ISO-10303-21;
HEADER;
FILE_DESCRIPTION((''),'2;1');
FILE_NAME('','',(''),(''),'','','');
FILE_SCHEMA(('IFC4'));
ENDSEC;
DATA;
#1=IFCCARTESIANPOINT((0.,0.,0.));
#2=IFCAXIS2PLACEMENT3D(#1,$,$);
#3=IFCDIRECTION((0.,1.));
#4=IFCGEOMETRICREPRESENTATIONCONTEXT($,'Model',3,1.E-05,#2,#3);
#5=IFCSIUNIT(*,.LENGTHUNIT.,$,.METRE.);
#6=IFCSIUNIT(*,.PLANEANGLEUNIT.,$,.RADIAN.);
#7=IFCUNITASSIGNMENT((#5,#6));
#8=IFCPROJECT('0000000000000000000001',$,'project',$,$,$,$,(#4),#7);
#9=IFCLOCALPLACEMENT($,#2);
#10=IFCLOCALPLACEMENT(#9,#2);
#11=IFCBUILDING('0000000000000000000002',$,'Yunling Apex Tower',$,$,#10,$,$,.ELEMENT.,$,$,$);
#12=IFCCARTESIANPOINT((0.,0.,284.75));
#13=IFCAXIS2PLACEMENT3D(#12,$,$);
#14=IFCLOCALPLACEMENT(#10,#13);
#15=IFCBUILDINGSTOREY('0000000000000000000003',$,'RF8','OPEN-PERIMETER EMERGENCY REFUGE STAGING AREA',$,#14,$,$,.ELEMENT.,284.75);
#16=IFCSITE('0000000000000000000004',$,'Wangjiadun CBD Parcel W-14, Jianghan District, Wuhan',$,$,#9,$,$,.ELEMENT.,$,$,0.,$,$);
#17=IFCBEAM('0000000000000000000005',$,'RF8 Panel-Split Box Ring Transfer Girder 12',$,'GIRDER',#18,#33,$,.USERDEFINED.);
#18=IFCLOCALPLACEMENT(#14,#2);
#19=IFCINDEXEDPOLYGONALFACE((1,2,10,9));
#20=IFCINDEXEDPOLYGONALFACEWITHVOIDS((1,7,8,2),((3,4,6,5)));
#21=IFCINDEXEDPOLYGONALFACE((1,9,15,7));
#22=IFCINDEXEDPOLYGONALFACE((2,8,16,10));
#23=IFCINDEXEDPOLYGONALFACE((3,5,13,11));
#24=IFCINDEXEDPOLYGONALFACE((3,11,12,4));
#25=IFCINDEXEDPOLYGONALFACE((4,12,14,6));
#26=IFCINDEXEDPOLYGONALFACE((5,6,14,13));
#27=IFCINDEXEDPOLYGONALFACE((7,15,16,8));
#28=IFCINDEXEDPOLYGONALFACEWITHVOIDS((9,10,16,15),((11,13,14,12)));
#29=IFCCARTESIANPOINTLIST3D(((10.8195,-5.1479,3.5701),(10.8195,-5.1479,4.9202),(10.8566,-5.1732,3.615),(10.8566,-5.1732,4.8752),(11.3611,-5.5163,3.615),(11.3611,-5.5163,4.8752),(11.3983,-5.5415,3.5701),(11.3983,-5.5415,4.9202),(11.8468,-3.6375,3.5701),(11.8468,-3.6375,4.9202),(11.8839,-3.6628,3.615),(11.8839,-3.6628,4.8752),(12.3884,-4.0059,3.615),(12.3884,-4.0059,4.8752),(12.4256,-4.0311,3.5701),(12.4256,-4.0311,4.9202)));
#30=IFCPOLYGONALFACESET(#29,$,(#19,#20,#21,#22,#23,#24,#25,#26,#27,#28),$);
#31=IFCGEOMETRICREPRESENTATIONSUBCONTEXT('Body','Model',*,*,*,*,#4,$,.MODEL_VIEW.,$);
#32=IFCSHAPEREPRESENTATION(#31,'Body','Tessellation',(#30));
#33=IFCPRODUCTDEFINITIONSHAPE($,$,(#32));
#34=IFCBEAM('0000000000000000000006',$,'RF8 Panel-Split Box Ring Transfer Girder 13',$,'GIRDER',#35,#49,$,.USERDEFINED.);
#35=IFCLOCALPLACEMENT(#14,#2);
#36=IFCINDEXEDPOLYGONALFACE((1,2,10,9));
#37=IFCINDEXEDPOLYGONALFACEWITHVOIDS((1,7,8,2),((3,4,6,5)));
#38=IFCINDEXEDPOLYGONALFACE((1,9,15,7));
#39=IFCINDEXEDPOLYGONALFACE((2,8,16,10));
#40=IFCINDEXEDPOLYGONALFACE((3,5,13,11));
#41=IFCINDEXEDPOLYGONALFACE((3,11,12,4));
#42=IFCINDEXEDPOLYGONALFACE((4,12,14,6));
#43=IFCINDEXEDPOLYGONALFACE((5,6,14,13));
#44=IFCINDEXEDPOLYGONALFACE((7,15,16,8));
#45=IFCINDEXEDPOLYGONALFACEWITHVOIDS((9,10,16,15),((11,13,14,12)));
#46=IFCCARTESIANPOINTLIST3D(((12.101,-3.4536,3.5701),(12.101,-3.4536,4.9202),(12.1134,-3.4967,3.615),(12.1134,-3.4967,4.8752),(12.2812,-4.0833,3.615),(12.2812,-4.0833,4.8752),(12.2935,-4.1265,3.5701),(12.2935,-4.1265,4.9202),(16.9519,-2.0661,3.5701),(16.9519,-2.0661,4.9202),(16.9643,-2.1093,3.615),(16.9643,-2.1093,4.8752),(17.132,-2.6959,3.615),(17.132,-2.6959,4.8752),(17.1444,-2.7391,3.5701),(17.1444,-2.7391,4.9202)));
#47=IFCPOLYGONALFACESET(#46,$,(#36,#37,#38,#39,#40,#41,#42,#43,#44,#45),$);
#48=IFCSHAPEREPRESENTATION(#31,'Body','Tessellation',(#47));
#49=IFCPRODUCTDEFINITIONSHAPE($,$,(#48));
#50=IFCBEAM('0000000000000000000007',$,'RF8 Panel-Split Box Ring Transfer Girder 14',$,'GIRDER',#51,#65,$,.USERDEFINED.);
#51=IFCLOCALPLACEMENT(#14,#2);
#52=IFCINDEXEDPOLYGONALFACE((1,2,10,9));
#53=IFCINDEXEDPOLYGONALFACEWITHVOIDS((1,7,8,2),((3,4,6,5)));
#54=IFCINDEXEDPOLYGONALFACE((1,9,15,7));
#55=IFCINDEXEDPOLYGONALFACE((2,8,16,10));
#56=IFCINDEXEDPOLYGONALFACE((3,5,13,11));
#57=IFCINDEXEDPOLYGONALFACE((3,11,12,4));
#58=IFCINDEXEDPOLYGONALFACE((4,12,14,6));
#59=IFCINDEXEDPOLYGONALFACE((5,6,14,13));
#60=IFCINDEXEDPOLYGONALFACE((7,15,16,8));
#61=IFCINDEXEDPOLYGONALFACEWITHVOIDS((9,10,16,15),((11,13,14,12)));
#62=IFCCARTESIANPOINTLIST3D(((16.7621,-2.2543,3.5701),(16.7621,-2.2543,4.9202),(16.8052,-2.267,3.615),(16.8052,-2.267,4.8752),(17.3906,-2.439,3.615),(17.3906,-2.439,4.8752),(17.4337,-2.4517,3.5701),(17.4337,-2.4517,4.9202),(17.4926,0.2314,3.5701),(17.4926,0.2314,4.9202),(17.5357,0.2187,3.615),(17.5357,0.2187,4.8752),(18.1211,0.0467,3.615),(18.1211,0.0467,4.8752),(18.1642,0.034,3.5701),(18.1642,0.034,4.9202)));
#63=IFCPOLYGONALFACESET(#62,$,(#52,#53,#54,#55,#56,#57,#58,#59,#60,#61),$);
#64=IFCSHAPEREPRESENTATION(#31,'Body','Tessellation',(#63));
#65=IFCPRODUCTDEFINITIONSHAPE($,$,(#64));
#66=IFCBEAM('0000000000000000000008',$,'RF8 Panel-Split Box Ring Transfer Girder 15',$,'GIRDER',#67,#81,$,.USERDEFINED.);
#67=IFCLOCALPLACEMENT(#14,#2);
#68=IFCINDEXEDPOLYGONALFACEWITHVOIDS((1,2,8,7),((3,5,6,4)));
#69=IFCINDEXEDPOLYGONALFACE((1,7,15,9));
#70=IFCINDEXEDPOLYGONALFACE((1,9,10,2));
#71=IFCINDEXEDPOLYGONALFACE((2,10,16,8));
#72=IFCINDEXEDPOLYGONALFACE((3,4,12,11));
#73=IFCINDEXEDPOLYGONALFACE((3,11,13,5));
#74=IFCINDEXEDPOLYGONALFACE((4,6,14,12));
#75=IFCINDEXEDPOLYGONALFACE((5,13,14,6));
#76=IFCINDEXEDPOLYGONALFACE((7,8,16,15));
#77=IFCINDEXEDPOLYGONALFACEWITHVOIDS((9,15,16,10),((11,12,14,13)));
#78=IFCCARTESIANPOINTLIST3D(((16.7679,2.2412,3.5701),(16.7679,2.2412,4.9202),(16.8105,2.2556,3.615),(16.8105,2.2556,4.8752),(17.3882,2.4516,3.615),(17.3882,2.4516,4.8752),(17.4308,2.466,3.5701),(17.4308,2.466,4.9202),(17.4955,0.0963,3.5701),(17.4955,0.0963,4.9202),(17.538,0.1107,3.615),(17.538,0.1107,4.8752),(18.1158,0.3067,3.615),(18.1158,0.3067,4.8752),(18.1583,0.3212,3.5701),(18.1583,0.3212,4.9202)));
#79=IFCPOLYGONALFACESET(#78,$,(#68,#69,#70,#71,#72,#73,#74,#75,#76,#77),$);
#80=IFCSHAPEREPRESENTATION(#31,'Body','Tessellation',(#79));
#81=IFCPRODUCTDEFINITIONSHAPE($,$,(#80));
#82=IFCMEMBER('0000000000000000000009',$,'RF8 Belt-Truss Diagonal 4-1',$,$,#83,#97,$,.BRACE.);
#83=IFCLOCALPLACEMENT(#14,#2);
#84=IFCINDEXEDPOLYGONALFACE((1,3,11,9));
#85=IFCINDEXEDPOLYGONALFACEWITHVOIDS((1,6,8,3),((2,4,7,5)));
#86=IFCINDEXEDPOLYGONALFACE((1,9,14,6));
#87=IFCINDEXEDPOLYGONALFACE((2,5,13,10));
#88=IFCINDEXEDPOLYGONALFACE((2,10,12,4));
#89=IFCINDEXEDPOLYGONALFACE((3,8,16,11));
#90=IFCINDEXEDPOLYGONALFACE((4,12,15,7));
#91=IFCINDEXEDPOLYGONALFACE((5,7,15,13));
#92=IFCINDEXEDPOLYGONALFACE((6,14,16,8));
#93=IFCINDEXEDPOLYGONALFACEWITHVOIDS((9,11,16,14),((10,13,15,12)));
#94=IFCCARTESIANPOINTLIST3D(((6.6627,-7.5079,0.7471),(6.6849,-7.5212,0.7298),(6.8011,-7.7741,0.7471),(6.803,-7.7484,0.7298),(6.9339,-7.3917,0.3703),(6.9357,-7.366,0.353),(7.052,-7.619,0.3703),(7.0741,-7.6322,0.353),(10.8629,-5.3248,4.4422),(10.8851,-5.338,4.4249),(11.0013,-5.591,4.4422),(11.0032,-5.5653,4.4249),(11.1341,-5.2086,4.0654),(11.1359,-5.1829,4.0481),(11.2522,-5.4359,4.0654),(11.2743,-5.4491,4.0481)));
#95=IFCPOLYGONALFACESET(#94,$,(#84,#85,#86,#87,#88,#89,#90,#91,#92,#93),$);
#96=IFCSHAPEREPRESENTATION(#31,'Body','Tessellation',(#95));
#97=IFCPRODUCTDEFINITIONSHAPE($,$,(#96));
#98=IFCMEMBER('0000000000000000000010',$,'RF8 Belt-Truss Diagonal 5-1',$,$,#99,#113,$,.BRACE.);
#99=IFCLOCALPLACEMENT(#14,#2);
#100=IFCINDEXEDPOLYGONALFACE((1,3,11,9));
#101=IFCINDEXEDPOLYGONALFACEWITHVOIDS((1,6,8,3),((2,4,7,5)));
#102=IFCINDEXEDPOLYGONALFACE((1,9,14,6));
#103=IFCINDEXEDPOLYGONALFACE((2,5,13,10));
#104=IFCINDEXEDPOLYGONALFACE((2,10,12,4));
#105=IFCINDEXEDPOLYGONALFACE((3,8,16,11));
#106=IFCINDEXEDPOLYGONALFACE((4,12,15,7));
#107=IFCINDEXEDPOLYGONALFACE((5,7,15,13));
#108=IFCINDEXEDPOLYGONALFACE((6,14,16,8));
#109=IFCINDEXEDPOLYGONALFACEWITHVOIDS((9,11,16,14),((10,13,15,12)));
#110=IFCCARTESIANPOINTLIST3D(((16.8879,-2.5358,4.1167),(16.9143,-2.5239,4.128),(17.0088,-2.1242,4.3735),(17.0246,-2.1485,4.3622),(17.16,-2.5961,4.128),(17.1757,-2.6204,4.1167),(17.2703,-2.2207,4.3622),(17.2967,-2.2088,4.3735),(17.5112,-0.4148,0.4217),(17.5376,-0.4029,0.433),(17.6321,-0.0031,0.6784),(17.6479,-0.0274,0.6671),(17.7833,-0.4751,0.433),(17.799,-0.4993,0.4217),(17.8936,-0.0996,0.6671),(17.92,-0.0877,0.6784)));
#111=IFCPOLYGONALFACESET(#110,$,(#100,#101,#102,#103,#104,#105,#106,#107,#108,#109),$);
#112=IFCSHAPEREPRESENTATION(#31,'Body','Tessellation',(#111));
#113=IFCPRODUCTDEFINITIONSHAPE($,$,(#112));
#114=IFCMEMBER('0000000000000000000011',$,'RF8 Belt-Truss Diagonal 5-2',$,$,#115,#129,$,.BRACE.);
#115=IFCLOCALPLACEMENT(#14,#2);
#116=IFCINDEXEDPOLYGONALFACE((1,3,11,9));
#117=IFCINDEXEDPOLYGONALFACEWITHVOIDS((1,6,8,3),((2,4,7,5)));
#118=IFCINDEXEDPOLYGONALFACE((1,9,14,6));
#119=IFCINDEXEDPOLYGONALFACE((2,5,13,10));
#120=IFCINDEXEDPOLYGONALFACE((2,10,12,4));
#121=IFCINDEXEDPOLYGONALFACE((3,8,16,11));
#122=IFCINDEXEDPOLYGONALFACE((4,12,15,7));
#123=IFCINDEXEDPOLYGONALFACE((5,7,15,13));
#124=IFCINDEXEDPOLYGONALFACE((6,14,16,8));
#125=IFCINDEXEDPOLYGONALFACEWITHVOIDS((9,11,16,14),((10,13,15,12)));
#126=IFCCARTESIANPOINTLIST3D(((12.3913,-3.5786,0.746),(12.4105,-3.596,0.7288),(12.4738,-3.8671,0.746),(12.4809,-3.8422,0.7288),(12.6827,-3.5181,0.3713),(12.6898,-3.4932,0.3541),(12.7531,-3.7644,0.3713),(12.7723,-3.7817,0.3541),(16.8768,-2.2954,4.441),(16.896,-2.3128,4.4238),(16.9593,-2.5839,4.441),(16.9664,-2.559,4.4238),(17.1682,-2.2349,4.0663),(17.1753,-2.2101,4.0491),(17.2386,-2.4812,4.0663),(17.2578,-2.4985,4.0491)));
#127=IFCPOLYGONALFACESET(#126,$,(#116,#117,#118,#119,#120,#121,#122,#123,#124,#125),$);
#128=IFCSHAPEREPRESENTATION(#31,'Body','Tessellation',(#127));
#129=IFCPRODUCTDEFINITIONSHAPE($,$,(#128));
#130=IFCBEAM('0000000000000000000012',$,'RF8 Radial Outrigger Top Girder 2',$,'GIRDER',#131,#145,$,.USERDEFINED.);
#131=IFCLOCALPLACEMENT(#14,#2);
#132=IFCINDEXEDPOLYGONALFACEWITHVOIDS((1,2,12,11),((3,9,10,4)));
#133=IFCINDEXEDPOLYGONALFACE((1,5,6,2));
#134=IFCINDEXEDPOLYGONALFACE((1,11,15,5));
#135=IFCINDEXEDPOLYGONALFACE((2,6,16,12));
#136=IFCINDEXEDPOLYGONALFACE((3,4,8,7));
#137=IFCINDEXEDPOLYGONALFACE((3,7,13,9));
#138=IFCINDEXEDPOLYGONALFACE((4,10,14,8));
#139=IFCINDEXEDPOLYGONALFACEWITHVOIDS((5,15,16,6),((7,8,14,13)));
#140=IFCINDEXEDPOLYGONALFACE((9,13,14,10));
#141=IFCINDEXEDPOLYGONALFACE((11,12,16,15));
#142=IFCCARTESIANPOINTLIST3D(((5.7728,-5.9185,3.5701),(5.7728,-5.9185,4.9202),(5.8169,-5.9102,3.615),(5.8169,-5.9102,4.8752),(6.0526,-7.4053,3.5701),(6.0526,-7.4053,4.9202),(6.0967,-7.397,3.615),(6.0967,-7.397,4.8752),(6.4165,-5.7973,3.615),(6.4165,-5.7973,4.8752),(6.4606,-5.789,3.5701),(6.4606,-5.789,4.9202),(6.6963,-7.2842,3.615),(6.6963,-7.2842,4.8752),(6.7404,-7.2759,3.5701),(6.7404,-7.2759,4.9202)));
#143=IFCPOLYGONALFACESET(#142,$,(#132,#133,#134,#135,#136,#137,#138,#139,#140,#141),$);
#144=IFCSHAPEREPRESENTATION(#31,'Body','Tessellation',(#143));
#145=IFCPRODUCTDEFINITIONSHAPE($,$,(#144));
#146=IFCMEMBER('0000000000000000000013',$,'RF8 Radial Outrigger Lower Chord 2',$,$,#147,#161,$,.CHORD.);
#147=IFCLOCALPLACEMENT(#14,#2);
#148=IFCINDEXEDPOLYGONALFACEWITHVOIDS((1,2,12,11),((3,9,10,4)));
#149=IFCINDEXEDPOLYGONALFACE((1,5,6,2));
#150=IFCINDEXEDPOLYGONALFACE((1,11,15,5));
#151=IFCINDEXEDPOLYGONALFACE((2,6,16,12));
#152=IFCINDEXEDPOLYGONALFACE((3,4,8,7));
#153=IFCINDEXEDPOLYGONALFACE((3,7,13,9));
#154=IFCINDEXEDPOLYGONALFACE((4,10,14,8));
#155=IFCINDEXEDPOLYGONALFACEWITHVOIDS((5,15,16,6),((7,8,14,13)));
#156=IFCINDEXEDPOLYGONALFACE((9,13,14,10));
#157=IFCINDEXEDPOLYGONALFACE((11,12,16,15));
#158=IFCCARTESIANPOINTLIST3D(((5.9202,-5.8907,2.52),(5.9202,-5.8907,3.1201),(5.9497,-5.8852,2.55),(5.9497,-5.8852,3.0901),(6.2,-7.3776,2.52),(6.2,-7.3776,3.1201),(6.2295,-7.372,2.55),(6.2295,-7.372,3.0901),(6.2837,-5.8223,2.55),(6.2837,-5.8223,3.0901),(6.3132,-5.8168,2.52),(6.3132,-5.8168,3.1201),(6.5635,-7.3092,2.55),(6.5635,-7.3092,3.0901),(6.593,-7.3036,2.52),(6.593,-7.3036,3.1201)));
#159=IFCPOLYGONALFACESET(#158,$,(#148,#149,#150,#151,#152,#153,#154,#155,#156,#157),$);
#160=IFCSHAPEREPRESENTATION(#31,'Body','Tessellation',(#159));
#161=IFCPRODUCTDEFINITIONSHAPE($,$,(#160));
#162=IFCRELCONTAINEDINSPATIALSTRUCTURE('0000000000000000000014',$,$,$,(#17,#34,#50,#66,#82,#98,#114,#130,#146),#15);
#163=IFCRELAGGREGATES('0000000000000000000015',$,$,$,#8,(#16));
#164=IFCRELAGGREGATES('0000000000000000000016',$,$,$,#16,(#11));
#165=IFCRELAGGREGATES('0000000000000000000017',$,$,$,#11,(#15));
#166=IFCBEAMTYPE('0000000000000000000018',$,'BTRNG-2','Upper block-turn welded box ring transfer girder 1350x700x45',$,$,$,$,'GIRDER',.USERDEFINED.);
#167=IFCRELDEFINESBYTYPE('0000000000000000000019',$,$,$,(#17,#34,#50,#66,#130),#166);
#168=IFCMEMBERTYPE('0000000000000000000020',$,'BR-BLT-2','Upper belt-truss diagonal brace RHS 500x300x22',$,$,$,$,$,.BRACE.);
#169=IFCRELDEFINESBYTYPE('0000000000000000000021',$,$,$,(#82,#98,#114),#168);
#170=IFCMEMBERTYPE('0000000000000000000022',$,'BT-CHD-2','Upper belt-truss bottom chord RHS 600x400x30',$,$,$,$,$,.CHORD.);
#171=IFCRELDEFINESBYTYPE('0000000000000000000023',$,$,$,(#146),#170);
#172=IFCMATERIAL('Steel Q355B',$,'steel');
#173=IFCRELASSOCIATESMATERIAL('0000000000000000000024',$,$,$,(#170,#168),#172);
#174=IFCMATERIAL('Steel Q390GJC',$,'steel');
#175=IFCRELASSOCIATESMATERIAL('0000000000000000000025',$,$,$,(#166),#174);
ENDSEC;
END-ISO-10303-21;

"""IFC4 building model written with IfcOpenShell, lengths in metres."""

from ifc_helpers import new_model, si_unit, direction, frame, origin, origin_2d, place, context, subcontext, project, spatial, hollow_rectangle, extrude, source, transform, mapped, material, material_profile, profile_set, type_object, element, save


model = new_model("IFC4")

# Units and contexts
model_context = context("Model", 3, precision=1e-05, world=origin(), true_north=direction((0.0, 1.0)))
body_context = subcontext(model_context, "Body", "Model", "MODEL_VIEW")
ifc_project = project(units=[si_unit("LENGTHUNIT", "METRE"), si_unit("PLANEANGLEUNIT", "RADIAN")], contexts=[model_context])

# Site, building, storey
site_placement = place(None, origin())
site = spatial("IfcSite", under=ifc_project, at=site_placement, Name="Wangjiadun CBD Parcel W-14, Jianghan District, Wuhan", CompositionType="ELEMENT", RefElevation=0.0)
building_placement = place(site_placement, origin())
building = spatial("IfcBuilding", under=site, at=building_placement, Name="Yunling Apex Tower", CompositionType="ELEMENT")
storey_placement = place(building_placement, frame((0.0, 0.0, 284.75)))
storey = spatial("IfcBuildingStorey", under=building, at=storey_placement, Name="RF8", Description="OPEN-PERIMETER EMERGENCY REFUGE STAGING AREA", CompositionType="ELEMENT", Elevation=284.75)

# Shared definitions
ifc_material_1 = material(Name="Steel Q355B", Category="steel")

# Shared definitions
ifc_material_profile_1 = material_profile(ifc_material_1, hollow_rectangle(XDim=0.3999, YDim=0.6001, WallThickness=0.03, at=origin_2d()))
ifc_profile_set_1 = profile_set([ifc_material_profile_1], Name="Steel Q355B")
member_type_1 = type_object("IfcMemberType", Name="BT-CHD-2", Description="Upper belt-truss bottom chord RHS 600x400x30", PredefinedType="CHORD", material=ifc_profile_set_1)

# Beams
ifc_material_2 = material(Name="Steel Q390GJC", Category="steel")
ifc_material_profile_2 = material_profile(ifc_material_2, hollow_rectangle(XDim=0.7, YDim=1.3501, WallThickness=0.0449, at=origin_2d()))
ifc_profile_set_2 = profile_set([ifc_material_profile_2], Name="Steel Q390GJC")
beam_type_1 = type_object("IfcBeamType", Name="BTRNG-2", Description="Upper block-turn welded box ring transfer girder 1350x700x45", ElementType="GIRDER", PredefinedType="USERDEFINED", material=ifc_profile_set_2)
shared_shape_1 = source(origin(), body_context, "Body", "SweptSolid", [
    extrude(hollow_rectangle(XDim=0.7, YDim=1.3501, WallThickness=0.0449, at=origin_2d()), origin(), (0.0, 0.0, 1.0), 1.8267),
])
beam_1_placement = place(storey_placement, frame((11.1089, -5.3447, 4.2451), z_axis=(0.562387, 0.826874, 0.0), x_axis=(-0.826874, 0.562387, 0.0)))
element("IfcBeam", 1, at=beam_1_placement, inside=storey, type_object=beam_type_1, Name="RF8 Panel-Split Box Ring Transfer Girder 12", ObjectType="GIRDER", PredefinedType="USERDEFINED", context=body_context, shape_type="MappedRepresentation", body=[
    mapped(shared_shape_1, transform((0.0, 0.0, 0.0), scale=1.0)),
])
shared_shape_2 = source(origin(), body_context, "Body", "SweptSolid", [
    extrude(hollow_rectangle(XDim=0.7, YDim=1.3501, WallThickness=0.0449, at=origin_2d()), origin(), (0.0, 0.0, 1.0), 5.0454),
])
beam_2_placement = place(storey_placement, frame((12.1973, -3.79, 4.2451), z_axis=(0.961445, 0.274996, 0.0), x_axis=(-0.274996, 0.961445, 0.0)))
element("IfcBeam", 2, at=beam_2_placement, inside=storey, type_object=beam_type_1, Name="RF8 Panel-Split Box Ring Transfer Girder 13", ObjectType="GIRDER", PredefinedType="USERDEFINED", context=body_context, shape_type="MappedRepresentation", body=[
    mapped(shared_shape_2, transform((0.0, 0.0, 0.0), scale=1.0)),
])
shared_shape_3 = source(origin(), body_context, "Body", "SweptSolid", [
    extrude(hollow_rectangle(XDim=0.7, YDim=1.3501, WallThickness=0.0449, at=origin_2d()), origin(), (0.0, 0.0, 1.0), 2.5908),
])
beam_3_placement = place(storey_placement, frame((17.0979, -2.353, 4.2451), z_axis=(0.281957, 0.959427, 0.0), x_axis=(-0.959427, 0.281957, 0.0)))
element("IfcBeam", 3, at=beam_3_placement, inside=storey, type_object=beam_type_1, Name="RF8 Panel-Split Box Ring Transfer Girder 14", ObjectType="GIRDER", PredefinedType="USERDEFINED", context=body_context, shape_type="MappedRepresentation", body=[
    mapped(shared_shape_3, transform((0.0, 0.0, 0.0), scale=1.0)),
])
shared_shape_4 = source(origin(), body_context, "Body", "SweptSolid", [
    extrude(hollow_rectangle(XDim=0.7, YDim=1.3501, WallThickness=0.0449, at=origin_2d()), origin(), (0.0, 0.0, 1.0), 2.2649),
])
beam_4_placement = place(storey_placement, frame((17.8269, 0.2087, 4.2451), z_axis=(-0.321236, 0.946999, 0.0), x_axis=(-0.946999, -0.321236, 0.0)))
element("IfcBeam", 4, at=beam_4_placement, inside=storey, type_object=beam_type_1, Name="RF8 Panel-Split Box Ring Transfer Girder 15", ObjectType="GIRDER", PredefinedType="USERDEFINED", context=body_context, shape_type="MappedRepresentation", body=[
    mapped(shared_shape_4, transform((0.0, 0.0, 0.0), scale=1.0)),
])

# Members
ifc_material_profile_3 = material_profile(ifc_material_1, hollow_rectangle(XDim=0.3, YDim=0.5, WallThickness=0.022, at=origin_2d()))
ifc_profile_set_3 = profile_set([ifc_material_profile_3], Name="Steel Q355B")
member_type_2 = type_object("IfcMemberType", Name="BR-BLT-2", Description="Upper belt-truss diagonal brace RHS 500x300x22", PredefinedType="BRACE", material=ifc_profile_set_3)
shared_shape_5 = source(origin(), body_context, "Body", "SweptSolid", [
    extrude(hollow_rectangle(XDim=0.3, YDim=0.5, WallThickness=0.022, at=origin_2d()), origin(), (0.0, 0.0, 1.0), 6.0051),
])
member_1_placement = place(storey_placement, frame((6.8684, -7.5701, 0.55), z_axis=(0.699439, 0.363542, 0.615323), x_axis=(-0.461187, 0.887303, 0.0)))
element("IfcMember", 5, at=member_1_placement, inside=storey, type_object=member_type_2, Name="RF8 Belt-Truss Diagonal 4-1", PredefinedType="BRACE", context=body_context, shape_type="MappedRepresentation", body=[
    mapped(shared_shape_5, transform((0.0, 0.0, 0.0), scale=1.0)),
])
shared_shape_6 = source(origin(), body_context, "Body", "SweptSolid", [
    extrude(hollow_rectangle(XDim=0.3, YDim=0.5, WallThickness=0.022, at=origin_2d()), origin(), (0.0, 0.0, 1.0), 4.3059),
])
member_2_placement = place(storey_placement, frame((17.7156, -0.2512, 0.55), z_axis=(-0.144752, -0.492598, 0.858134), x_axis=(0.959434, -0.281933, 0.0)))
element("IfcMember", 6, at=member_2_placement, inside=storey, type_object=member_type_2, Name="RF8 Belt-Truss Diagonal 5-1", PredefinedType="BRACE", context=body_context, shape_type="MappedRepresentation", body=[
    mapped(shared_shape_6, transform((0.0, 0.0, 0.0), scale=1.0)),
])
shared_shape_7 = source(origin(), body_context, "Body", "SweptSolid", [
    extrude(hollow_rectangle(XDim=0.3, YDim=0.5, WallThickness=0.022, at=origin_2d()), origin(), (0.0, 0.0, 1.0), 5.9514),
])
member_3_placement = place(storey_placement, frame((12.5818, -3.6802, 0.55), z_axis=(0.753688, 0.215609, 0.62086), x_axis=(-0.275039, 0.961433, 0.0)))
element("IfcMember", 7, at=member_3_placement, inside=storey, type_object=member_type_2, Name="RF8 Belt-Truss Diagonal 5-2", PredefinedType="BRACE", context=body_context, shape_type="MappedRepresentation", body=[
    mapped(shared_shape_7, transform((0.0, 0.0, 0.0), scale=1.0)),
])

# Beam
shared_shape_8 = source(origin(), body_context, "Body", "SweptSolid", [
    extrude(hollow_rectangle(XDim=0.7, YDim=1.3501, WallThickness=0.0449, at=origin_2d()), origin(), (0.0, 0.0, 1.0), 1.5129),
])
beam_5_placement = place(storey_placement, frame((6.1167, -5.8538, 4.2451), z_axis=(0.184932, -0.982751, 0.0), x_axis=(0.982751, 0.184932, 0.0)))
element("IfcBeam", 8, at=beam_5_placement, inside=storey, type_object=beam_type_1, Name="RF8 Radial Outrigger Top Girder 2", ObjectType="GIRDER", PredefinedType="USERDEFINED", context=body_context, shape_type="MappedRepresentation", body=[
    mapped(shared_shape_8, transform((0.0, 0.0, 0.0), scale=1.0)),
])

# Member
shared_shape_9 = source(origin(), body_context, "Body", "SweptSolid", [
    extrude(hollow_rectangle(XDim=0.3999, YDim=0.6001, WallThickness=0.03, at=origin_2d()), origin(), (0.0, 0.0, 1.0), 1.5129),
])
member_4_placement = place(storey_placement, frame((6.1167, -5.8538, 2.8201), z_axis=(0.184932, -0.982751, 0.0), x_axis=(0.982751, 0.184932, 0.0)))
element("IfcMember", 9, at=member_4_placement, inside=storey, type_object=member_type_1, Name="RF8 Radial Outrigger Lower Chord 2", PredefinedType="CHORD", context=body_context, shape_type="MappedRepresentation", body=[
    mapped(shared_shape_9, transform((0.0, 0.0, 0.0), scale=1.0)),
])

save(model, "model.ifc")
